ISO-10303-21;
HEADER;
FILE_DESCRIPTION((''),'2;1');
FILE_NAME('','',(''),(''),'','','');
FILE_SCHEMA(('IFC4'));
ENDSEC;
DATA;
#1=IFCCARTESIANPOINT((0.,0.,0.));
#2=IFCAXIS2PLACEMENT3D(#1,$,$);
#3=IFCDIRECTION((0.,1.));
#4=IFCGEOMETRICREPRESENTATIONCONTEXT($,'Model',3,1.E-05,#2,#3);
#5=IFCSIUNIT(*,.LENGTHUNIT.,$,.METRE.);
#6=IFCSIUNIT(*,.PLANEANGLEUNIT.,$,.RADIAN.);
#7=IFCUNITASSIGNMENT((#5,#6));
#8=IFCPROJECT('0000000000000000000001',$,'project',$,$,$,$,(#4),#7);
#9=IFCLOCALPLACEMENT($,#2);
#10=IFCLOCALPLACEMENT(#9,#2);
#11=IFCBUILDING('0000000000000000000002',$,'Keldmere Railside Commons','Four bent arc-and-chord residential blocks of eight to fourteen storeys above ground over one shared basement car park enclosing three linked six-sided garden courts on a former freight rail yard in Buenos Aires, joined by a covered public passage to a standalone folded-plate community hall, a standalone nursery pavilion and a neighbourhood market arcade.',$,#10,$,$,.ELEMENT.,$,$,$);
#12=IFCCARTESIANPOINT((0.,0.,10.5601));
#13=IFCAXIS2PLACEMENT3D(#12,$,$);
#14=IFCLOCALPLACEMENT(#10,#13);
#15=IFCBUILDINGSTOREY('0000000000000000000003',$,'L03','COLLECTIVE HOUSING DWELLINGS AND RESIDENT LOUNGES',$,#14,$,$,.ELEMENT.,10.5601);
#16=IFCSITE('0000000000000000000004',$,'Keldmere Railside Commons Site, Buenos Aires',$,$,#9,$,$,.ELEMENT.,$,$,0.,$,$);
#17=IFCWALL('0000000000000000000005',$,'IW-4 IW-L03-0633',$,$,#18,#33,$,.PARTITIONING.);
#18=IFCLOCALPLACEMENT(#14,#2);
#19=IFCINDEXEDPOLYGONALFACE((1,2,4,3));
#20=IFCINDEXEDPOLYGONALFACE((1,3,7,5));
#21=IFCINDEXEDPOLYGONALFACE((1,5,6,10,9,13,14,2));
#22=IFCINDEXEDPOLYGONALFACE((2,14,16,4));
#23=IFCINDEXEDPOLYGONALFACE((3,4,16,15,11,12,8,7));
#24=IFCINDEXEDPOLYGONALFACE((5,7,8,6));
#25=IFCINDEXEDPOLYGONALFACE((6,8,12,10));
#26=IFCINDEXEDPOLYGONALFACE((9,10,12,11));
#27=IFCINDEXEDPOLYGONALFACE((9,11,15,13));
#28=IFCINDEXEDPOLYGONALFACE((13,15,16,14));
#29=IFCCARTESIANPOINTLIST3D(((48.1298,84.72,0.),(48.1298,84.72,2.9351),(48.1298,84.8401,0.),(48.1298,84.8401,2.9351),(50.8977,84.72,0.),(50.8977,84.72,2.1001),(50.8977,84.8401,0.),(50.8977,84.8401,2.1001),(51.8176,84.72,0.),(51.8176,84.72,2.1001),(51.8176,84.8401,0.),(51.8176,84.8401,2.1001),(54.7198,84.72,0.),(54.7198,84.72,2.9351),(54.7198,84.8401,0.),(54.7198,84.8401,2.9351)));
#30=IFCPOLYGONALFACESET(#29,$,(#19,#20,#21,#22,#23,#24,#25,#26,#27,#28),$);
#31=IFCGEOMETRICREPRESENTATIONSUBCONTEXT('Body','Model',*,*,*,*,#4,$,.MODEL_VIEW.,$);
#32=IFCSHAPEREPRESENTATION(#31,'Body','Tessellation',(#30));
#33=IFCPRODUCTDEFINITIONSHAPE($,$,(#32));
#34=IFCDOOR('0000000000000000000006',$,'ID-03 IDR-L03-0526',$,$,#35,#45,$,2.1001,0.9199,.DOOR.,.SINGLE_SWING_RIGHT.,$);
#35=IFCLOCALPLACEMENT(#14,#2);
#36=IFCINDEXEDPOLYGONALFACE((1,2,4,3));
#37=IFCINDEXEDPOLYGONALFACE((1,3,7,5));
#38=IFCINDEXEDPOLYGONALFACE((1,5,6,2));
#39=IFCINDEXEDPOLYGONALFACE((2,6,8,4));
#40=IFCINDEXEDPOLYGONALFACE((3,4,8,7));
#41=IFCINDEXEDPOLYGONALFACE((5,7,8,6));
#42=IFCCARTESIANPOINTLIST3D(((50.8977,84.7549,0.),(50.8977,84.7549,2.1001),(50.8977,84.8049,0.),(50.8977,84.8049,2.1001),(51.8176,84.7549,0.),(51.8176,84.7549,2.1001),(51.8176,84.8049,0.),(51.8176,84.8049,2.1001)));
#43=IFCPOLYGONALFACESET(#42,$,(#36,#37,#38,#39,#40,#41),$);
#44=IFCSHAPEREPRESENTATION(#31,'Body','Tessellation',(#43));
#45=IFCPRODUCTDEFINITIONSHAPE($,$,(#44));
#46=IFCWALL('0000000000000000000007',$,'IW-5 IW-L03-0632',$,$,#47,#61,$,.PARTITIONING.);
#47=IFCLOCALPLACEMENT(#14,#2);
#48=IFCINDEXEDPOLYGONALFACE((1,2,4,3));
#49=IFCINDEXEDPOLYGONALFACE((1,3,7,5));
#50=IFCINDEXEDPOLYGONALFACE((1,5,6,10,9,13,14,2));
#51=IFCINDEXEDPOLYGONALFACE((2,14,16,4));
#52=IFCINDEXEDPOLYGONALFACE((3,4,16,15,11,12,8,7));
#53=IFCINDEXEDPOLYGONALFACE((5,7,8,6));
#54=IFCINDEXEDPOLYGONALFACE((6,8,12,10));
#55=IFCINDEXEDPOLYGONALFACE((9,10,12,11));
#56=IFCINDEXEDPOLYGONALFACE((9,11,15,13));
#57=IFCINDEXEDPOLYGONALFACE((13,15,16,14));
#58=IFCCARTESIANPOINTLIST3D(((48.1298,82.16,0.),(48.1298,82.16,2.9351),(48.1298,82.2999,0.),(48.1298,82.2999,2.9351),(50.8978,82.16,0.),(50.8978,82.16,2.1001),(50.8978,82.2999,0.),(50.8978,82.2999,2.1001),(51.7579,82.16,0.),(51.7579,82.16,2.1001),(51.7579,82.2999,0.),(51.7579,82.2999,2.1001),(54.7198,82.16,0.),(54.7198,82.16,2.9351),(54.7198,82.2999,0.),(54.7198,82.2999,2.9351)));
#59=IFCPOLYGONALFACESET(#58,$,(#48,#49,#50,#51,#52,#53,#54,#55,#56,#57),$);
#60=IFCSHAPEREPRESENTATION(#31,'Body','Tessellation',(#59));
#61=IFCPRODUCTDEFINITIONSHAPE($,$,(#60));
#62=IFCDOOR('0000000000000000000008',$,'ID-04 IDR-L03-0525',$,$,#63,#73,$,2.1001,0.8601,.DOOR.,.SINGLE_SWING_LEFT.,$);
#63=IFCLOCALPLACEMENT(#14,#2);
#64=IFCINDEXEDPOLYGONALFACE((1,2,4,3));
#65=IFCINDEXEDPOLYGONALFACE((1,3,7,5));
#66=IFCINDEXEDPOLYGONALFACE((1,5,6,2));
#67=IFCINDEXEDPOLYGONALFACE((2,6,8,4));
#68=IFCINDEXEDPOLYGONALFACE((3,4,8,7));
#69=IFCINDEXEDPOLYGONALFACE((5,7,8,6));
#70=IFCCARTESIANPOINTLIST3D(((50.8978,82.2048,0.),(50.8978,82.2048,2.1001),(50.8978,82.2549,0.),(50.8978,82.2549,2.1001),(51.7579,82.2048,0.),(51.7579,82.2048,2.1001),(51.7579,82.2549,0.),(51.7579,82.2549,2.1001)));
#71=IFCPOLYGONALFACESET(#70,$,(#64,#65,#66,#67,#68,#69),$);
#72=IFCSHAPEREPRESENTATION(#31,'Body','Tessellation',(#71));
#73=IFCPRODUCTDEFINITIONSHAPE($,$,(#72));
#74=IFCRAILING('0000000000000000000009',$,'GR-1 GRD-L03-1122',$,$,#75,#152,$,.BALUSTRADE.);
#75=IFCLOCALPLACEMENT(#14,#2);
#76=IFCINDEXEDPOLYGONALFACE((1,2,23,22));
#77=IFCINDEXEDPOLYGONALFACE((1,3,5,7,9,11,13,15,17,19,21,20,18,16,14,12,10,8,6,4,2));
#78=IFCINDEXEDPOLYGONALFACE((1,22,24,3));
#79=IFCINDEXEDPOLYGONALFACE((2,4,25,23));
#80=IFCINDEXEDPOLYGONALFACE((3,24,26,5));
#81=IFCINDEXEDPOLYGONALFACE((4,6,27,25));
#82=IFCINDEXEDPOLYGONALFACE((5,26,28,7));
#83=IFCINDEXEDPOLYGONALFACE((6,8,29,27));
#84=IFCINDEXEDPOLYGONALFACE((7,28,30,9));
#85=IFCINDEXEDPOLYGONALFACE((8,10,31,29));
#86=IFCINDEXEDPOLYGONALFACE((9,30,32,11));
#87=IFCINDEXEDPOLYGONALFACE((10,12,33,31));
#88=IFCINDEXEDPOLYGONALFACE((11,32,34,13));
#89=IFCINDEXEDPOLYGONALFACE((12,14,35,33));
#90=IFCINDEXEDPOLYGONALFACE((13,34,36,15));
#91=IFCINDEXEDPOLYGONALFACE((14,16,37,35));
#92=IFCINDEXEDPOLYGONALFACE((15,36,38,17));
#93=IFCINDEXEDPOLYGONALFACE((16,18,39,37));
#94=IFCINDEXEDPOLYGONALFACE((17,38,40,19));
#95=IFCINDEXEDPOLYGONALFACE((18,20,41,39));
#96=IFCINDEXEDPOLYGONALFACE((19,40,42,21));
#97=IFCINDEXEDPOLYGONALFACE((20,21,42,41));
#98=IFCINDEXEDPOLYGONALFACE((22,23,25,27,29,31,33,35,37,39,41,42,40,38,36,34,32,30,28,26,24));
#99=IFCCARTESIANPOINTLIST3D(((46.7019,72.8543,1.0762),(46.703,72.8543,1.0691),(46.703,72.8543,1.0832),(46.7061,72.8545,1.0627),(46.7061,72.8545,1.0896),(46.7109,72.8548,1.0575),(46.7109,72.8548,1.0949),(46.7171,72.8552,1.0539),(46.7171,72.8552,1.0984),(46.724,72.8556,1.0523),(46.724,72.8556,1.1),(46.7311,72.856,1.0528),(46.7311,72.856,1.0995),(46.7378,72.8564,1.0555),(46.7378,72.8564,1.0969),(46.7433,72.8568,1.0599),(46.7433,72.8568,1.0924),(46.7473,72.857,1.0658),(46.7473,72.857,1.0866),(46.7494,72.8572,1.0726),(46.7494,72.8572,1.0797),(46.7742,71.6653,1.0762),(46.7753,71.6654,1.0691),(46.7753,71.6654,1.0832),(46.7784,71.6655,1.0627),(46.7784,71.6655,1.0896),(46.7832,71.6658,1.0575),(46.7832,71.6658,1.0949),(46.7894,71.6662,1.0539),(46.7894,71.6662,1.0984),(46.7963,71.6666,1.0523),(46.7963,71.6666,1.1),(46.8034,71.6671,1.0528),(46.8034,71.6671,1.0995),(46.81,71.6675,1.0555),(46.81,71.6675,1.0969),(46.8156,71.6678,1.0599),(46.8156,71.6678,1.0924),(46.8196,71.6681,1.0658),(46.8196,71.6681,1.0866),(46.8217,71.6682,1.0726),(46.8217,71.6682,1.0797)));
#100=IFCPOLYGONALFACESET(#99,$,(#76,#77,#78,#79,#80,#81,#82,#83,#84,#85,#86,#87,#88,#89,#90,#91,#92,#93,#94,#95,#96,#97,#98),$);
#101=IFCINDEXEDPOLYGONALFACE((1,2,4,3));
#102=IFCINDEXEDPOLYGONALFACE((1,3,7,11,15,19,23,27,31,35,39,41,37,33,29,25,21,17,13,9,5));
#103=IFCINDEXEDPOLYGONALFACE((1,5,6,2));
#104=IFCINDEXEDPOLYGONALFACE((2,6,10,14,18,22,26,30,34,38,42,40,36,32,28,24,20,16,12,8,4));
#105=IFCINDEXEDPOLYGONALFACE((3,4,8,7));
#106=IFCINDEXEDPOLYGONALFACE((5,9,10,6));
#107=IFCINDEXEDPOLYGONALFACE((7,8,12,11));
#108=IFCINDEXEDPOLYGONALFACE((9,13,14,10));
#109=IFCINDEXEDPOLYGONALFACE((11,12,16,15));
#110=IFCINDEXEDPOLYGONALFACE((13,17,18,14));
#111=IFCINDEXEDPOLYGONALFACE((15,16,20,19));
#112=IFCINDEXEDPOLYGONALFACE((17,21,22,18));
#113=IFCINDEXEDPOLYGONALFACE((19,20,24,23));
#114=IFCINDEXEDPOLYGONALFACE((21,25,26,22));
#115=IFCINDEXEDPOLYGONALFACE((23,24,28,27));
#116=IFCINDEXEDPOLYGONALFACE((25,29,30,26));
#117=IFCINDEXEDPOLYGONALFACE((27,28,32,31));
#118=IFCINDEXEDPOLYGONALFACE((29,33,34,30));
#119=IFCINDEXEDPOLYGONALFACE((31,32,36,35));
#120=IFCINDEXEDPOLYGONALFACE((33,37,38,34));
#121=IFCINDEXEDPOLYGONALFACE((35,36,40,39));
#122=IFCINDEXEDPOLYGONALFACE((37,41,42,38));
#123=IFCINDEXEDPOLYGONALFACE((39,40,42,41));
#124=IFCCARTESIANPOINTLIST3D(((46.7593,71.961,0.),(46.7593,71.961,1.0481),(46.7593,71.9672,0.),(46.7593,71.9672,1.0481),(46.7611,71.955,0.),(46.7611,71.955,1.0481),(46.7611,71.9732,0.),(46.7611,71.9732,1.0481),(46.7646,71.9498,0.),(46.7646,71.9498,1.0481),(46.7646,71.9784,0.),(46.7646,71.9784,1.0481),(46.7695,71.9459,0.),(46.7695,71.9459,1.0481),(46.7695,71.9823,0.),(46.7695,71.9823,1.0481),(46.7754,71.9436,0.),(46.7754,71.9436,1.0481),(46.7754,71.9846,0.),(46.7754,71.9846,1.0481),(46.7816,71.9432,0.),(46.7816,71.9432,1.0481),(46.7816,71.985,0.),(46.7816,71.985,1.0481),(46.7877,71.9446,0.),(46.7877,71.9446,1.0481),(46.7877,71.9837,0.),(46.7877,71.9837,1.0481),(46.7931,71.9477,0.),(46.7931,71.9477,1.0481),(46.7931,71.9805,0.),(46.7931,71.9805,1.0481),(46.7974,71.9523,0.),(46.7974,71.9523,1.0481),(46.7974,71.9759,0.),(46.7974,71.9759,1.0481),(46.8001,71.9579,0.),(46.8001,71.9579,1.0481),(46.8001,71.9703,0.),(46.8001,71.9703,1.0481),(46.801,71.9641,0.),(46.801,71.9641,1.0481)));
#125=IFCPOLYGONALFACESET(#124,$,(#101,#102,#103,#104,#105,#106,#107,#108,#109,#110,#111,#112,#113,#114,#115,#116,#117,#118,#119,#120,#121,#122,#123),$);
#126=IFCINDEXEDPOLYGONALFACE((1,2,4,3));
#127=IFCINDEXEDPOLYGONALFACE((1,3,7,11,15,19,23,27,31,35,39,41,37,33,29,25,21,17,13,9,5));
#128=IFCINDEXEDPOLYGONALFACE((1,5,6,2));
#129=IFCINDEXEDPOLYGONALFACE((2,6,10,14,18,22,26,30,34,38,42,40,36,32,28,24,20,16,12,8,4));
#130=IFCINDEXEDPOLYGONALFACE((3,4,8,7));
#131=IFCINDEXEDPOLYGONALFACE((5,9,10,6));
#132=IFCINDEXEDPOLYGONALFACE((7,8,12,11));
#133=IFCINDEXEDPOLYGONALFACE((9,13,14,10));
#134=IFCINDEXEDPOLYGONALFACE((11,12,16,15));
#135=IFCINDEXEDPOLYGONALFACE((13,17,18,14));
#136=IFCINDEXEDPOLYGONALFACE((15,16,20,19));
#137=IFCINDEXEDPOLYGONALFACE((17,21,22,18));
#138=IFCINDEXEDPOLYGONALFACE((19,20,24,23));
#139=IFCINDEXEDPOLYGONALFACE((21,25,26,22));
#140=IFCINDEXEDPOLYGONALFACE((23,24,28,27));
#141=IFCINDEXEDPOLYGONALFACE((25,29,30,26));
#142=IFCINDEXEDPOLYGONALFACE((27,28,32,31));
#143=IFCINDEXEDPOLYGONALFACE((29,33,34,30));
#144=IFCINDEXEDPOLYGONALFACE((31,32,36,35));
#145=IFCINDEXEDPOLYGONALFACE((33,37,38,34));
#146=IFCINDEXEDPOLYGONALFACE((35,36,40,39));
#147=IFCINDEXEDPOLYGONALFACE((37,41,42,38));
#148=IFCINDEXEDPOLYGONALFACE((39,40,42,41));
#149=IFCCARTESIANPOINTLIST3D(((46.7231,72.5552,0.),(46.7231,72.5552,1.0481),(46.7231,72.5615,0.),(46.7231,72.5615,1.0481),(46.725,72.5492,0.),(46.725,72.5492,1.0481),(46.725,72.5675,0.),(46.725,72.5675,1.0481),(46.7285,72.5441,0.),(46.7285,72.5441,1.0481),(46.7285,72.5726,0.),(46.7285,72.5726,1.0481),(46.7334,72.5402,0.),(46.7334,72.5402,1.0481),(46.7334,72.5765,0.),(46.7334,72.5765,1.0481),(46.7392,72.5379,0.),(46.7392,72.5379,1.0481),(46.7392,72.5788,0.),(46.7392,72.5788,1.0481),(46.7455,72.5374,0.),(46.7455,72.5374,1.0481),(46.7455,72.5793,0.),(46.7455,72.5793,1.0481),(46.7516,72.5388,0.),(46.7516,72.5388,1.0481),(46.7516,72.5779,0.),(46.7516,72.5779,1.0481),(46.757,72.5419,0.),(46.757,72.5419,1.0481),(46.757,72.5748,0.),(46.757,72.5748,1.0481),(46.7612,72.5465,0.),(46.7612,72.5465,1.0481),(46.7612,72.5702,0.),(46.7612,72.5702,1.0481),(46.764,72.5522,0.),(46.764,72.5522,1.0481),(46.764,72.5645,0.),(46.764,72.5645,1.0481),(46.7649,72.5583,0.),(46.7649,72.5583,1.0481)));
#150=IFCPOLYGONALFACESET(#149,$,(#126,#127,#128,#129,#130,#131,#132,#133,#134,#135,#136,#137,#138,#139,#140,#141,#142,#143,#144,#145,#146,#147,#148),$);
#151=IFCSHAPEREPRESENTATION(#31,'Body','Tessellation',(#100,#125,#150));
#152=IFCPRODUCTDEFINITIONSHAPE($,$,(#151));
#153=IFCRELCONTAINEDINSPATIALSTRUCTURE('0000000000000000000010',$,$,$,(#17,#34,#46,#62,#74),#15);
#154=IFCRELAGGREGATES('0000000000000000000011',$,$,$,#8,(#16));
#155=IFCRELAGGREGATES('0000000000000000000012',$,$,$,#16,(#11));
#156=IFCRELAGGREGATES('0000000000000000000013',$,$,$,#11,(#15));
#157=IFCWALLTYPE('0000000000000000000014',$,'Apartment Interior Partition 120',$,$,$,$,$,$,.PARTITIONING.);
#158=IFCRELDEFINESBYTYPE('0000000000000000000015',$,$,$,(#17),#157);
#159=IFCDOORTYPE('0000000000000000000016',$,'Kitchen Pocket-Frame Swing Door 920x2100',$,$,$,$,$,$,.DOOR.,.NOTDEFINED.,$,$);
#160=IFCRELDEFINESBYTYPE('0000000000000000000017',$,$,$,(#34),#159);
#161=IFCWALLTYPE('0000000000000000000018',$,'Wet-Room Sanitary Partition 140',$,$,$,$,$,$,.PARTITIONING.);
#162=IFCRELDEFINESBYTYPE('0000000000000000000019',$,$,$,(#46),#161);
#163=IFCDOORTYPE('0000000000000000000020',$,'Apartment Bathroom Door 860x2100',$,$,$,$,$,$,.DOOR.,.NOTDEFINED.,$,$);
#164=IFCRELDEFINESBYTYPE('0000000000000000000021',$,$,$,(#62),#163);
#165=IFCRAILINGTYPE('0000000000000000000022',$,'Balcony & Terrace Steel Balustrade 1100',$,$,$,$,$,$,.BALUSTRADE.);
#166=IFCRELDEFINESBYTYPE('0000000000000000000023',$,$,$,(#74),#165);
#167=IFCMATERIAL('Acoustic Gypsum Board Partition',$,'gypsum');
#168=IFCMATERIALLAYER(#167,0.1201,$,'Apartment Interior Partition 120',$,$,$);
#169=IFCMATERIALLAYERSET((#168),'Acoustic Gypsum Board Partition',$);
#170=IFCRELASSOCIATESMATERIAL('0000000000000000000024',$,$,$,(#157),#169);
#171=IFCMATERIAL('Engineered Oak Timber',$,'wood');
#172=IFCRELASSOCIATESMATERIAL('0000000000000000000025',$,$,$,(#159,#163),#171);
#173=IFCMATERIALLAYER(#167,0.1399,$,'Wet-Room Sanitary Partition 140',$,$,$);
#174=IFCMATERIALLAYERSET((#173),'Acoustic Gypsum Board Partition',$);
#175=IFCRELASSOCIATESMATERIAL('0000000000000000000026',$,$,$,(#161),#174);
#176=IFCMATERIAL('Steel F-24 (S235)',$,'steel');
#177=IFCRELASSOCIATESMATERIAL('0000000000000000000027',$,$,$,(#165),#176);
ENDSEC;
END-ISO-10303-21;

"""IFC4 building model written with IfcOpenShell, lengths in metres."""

from ifc_helpers import new_model, si_unit, direction, frame, frame_2d, origin, origin_2d, place, context, subcontext, project, spatial, rectangle, circle, extrude, material, layer, layer_set, type_object, element, fill, save


model = new_model("IFC4")

# Units and contexts
model_context = context("Model", 3, precision=1e-05, world=origin(), true_north=direction((0.0, 1.0)))
body_context = subcontext(model_context, "Body", "Model", "MODEL_VIEW")
ifc_project = project(units=[si_unit("LENGTHUNIT", "METRE"), si_unit("PLANEANGLEUNIT", "RADIAN")], contexts=[model_context])

# Site, building, storey
site_placement = place(None, origin())
site = spatial("IfcSite", under=ifc_project, at=site_placement, Name="Keldmere Railside Commons Site, Buenos Aires", CompositionType="ELEMENT", RefElevation=0.0)
building_placement = place(site_placement, origin())
building = spatial("IfcBuilding", under=site, at=building_placement, Name="Keldmere Railside Commons", Description="Four bent arc-and-chord residential blocks of eight to fourteen storeys above ground over one shared basement car park enclosing three linked six-sided garden courts on a former freight rail yard in Buenos Aires, joined by a covered public passage to a standalone folded-plate community hall, a standalone nursery pavilion and a neighbourhood market arcade.", CompositionType="ELEMENT")
storey_placement = place(building_placement, frame((0.0, 0.0, 10.5601)))
storey = spatial("IfcBuildingStorey", under=building, at=storey_placement, Name="L03", Description="COLLECTIVE HOUSING DWELLINGS AND RESIDENT LOUNGES", CompositionType="ELEMENT", Elevation=10.5601)

# Shared definitions
ifc_material_1 = material(Name="Acoustic Gypsum Board Partition", Category="gypsum")

# Walls, openings, doors
ifc_layer_1 = layer(ifc_material_1, 0.1201, Name="Apartment Interior Partition 120")
ifc_layer_set_1 = layer_set([ifc_layer_1], Name="Acoustic Gypsum Board Partition")
wall_type_1 = type_object("IfcWallType", Name="Apartment Interior Partition 120", PredefinedType="PARTITIONING", material=ifc_layer_set_1)
wall_1_placement = place(storey_placement, frame((48.1299, 84.78, 0.0), z_axis=(0.0, 0.0, 1.0), x_axis=(1.0, 0.0, 0.0)))
wall_1 = element("IfcWall", 1, at=wall_1_placement, inside=storey, type_object=wall_type_1, Name="IW-4 IW-L03-0633", PredefinedType="PARTITIONING", context=body_context, shape_type="SweptSolid", body=[
    extrude(rectangle(XDim=6.5901, YDim=0.1201, at=frame_2d((3.2949, 0.0))), origin(), (0.0, 0.0, 1.0), 2.9351),
])
opening_1_placement = place(wall_1_placement, frame((2.7678, 0.0, 0.0)))
opening_1 = element("IfcOpeningElement", 2, at=opening_1_placement, cuts=wall_1, PredefinedType="OPENING", context=body_context, shape_type="SweptSolid", body=[
    extrude(rectangle(XDim=0.9199, YDim=2.1001, at=frame_2d((0.46, 1.05))), frame((0.0, 0.0701, 0.0), z_axis=(0.0, -1.0, 0.0), x_axis=(1.0, 0.0, 0.0)), (0.0, 0.0, 1.0), 0.1401),
])
ifc_material_2 = material(Name="Engineered Oak Timber", Category="wood")
door_type_1 = type_object("IfcDoorType", Name="Kitchen Pocket-Frame Swing Door 920x2100", OperationType="NOTDEFINED", PredefinedType="DOOR", material=ifc_material_2)
door_1_placement = place(opening_1_placement, origin())
door_1 = element("IfcDoor", 3, at=door_1_placement, inside=storey, type_object=door_type_1, Name="ID-03 IDR-L03-0526", OperationType="SINGLE_SWING_RIGHT", OverallHeight=2.1001, OverallWidth=0.9199, PredefinedType="DOOR", context=body_context, shape_type="SweptSolid", body=[
    extrude(rectangle(XDim=0.9199, YDim=2.1001, at=frame_2d((0.46, 1.05))), frame((0.0, 0.0249, 0.0), z_axis=(0.0, -1.0, 0.0), x_axis=(1.0, 0.0, 0.0)), (0.0, 0.0, 1.0), 0.05),
])
fill(opening_1, door_1)
ifc_layer_2 = layer(ifc_material_1, 0.1399, Name="Wet-Room Sanitary Partition 140")
ifc_layer_set_2 = layer_set([ifc_layer_2], Name="Acoustic Gypsum Board Partition")
wall_type_2 = type_object("IfcWallType", Name="Wet-Room Sanitary Partition 140", PredefinedType="PARTITIONING", material=ifc_layer_set_2)
wall_2_placement = place(storey_placement, frame((48.1299, 82.23, 0.0), z_axis=(0.0, 0.0, 1.0), x_axis=(1.0, 0.0, 0.0)))
wall_2 = element("IfcWall", 4, at=wall_2_placement, inside=storey, type_object=wall_type_2, Name="IW-5 IW-L03-0632", PredefinedType="PARTITIONING", context=body_context, shape_type="SweptSolid", body=[
    extrude(rectangle(XDim=6.5901, YDim=0.1399, at=frame_2d((3.2949, 0.0))), origin(), (0.0, 0.0, 1.0), 2.9351),
])
opening_2_placement = place(wall_2_placement, frame((2.7678, 0.0, 0.0)))
opening_2 = element("IfcOpeningElement", 5, at=opening_2_placement, cuts=wall_2, PredefinedType="OPENING", context=body_context, shape_type="SweptSolid", body=[
    extrude(rectangle(XDim=0.8601, YDim=2.1001, at=frame_2d((0.4302, 1.05))), frame((0.0, 0.0798, 0.0), z_axis=(0.0, -1.0, 0.0), x_axis=(1.0, 0.0, 0.0)), (0.0, 0.0, 1.0), 0.1599),
])
door_type_2 = type_object("IfcDoorType", Name="Apartment Bathroom Door 860x2100", OperationType="NOTDEFINED", PredefinedType="DOOR", material=ifc_material_2)
door_2_placement = place(opening_2_placement, origin())
door_2 = element("IfcDoor", 6, at=door_2_placement, inside=storey, type_object=door_type_2, Name="ID-04 IDR-L03-0525", OperationType="SINGLE_SWING_LEFT", OverallHeight=2.1001, OverallWidth=0.8601, PredefinedType="DOOR", context=body_context, shape_type="SweptSolid", body=[
    extrude(rectangle(XDim=0.8601, YDim=2.1001, at=frame_2d((0.4302, 1.05))), frame((0.0, 0.0249, 0.0), z_axis=(0.0, -1.0, 0.0), x_axis=(1.0, 0.0, 0.0)), (0.0, 0.0, 1.0), 0.05),
])
fill(opening_2, door_2)

# Railing
ifc_material_3 = material(Name="Steel F-24 (S235)", Category="steel")
railing_type = type_object("IfcRailingType", Name="Balcony & Terrace Steel Balustrade 1100", PredefinedType="BALUSTRADE", material=ifc_material_3)
railing_1_placement = place(storey_placement, frame((46.7981, 71.6667, 0.0)))
element("IfcRailing", 7, at=railing_1_placement, inside=storey, type_object=railing_type, Name="GR-1 GRD-L03-1122", PredefinedType="BALUSTRADE", context=body_context, shape_type="SweptSolid", body=[
    extrude(circle(Radius=0.0239, at=origin_2d()), frame((0.0, 0.0, 1.0762), z_axis=(-0.060668, 0.998158, 0.0), x_axis=(-0.998158, -0.060668, 0.0)), (0.0, 0.0, 1.0), 1.1912),
    extrude(circle(Radius=0.021, at=origin_2d()), frame((-0.0181, 0.2974, 0.0)), (0.0, 0.0, 1.0), 1.0481),
    extrude(circle(Radius=0.021, at=origin_2d()), frame((-0.0542, 0.8916, 0.0)), (0.0, 0.0, 1.0), 1.0481),
])

save(model, "model.ifc")
